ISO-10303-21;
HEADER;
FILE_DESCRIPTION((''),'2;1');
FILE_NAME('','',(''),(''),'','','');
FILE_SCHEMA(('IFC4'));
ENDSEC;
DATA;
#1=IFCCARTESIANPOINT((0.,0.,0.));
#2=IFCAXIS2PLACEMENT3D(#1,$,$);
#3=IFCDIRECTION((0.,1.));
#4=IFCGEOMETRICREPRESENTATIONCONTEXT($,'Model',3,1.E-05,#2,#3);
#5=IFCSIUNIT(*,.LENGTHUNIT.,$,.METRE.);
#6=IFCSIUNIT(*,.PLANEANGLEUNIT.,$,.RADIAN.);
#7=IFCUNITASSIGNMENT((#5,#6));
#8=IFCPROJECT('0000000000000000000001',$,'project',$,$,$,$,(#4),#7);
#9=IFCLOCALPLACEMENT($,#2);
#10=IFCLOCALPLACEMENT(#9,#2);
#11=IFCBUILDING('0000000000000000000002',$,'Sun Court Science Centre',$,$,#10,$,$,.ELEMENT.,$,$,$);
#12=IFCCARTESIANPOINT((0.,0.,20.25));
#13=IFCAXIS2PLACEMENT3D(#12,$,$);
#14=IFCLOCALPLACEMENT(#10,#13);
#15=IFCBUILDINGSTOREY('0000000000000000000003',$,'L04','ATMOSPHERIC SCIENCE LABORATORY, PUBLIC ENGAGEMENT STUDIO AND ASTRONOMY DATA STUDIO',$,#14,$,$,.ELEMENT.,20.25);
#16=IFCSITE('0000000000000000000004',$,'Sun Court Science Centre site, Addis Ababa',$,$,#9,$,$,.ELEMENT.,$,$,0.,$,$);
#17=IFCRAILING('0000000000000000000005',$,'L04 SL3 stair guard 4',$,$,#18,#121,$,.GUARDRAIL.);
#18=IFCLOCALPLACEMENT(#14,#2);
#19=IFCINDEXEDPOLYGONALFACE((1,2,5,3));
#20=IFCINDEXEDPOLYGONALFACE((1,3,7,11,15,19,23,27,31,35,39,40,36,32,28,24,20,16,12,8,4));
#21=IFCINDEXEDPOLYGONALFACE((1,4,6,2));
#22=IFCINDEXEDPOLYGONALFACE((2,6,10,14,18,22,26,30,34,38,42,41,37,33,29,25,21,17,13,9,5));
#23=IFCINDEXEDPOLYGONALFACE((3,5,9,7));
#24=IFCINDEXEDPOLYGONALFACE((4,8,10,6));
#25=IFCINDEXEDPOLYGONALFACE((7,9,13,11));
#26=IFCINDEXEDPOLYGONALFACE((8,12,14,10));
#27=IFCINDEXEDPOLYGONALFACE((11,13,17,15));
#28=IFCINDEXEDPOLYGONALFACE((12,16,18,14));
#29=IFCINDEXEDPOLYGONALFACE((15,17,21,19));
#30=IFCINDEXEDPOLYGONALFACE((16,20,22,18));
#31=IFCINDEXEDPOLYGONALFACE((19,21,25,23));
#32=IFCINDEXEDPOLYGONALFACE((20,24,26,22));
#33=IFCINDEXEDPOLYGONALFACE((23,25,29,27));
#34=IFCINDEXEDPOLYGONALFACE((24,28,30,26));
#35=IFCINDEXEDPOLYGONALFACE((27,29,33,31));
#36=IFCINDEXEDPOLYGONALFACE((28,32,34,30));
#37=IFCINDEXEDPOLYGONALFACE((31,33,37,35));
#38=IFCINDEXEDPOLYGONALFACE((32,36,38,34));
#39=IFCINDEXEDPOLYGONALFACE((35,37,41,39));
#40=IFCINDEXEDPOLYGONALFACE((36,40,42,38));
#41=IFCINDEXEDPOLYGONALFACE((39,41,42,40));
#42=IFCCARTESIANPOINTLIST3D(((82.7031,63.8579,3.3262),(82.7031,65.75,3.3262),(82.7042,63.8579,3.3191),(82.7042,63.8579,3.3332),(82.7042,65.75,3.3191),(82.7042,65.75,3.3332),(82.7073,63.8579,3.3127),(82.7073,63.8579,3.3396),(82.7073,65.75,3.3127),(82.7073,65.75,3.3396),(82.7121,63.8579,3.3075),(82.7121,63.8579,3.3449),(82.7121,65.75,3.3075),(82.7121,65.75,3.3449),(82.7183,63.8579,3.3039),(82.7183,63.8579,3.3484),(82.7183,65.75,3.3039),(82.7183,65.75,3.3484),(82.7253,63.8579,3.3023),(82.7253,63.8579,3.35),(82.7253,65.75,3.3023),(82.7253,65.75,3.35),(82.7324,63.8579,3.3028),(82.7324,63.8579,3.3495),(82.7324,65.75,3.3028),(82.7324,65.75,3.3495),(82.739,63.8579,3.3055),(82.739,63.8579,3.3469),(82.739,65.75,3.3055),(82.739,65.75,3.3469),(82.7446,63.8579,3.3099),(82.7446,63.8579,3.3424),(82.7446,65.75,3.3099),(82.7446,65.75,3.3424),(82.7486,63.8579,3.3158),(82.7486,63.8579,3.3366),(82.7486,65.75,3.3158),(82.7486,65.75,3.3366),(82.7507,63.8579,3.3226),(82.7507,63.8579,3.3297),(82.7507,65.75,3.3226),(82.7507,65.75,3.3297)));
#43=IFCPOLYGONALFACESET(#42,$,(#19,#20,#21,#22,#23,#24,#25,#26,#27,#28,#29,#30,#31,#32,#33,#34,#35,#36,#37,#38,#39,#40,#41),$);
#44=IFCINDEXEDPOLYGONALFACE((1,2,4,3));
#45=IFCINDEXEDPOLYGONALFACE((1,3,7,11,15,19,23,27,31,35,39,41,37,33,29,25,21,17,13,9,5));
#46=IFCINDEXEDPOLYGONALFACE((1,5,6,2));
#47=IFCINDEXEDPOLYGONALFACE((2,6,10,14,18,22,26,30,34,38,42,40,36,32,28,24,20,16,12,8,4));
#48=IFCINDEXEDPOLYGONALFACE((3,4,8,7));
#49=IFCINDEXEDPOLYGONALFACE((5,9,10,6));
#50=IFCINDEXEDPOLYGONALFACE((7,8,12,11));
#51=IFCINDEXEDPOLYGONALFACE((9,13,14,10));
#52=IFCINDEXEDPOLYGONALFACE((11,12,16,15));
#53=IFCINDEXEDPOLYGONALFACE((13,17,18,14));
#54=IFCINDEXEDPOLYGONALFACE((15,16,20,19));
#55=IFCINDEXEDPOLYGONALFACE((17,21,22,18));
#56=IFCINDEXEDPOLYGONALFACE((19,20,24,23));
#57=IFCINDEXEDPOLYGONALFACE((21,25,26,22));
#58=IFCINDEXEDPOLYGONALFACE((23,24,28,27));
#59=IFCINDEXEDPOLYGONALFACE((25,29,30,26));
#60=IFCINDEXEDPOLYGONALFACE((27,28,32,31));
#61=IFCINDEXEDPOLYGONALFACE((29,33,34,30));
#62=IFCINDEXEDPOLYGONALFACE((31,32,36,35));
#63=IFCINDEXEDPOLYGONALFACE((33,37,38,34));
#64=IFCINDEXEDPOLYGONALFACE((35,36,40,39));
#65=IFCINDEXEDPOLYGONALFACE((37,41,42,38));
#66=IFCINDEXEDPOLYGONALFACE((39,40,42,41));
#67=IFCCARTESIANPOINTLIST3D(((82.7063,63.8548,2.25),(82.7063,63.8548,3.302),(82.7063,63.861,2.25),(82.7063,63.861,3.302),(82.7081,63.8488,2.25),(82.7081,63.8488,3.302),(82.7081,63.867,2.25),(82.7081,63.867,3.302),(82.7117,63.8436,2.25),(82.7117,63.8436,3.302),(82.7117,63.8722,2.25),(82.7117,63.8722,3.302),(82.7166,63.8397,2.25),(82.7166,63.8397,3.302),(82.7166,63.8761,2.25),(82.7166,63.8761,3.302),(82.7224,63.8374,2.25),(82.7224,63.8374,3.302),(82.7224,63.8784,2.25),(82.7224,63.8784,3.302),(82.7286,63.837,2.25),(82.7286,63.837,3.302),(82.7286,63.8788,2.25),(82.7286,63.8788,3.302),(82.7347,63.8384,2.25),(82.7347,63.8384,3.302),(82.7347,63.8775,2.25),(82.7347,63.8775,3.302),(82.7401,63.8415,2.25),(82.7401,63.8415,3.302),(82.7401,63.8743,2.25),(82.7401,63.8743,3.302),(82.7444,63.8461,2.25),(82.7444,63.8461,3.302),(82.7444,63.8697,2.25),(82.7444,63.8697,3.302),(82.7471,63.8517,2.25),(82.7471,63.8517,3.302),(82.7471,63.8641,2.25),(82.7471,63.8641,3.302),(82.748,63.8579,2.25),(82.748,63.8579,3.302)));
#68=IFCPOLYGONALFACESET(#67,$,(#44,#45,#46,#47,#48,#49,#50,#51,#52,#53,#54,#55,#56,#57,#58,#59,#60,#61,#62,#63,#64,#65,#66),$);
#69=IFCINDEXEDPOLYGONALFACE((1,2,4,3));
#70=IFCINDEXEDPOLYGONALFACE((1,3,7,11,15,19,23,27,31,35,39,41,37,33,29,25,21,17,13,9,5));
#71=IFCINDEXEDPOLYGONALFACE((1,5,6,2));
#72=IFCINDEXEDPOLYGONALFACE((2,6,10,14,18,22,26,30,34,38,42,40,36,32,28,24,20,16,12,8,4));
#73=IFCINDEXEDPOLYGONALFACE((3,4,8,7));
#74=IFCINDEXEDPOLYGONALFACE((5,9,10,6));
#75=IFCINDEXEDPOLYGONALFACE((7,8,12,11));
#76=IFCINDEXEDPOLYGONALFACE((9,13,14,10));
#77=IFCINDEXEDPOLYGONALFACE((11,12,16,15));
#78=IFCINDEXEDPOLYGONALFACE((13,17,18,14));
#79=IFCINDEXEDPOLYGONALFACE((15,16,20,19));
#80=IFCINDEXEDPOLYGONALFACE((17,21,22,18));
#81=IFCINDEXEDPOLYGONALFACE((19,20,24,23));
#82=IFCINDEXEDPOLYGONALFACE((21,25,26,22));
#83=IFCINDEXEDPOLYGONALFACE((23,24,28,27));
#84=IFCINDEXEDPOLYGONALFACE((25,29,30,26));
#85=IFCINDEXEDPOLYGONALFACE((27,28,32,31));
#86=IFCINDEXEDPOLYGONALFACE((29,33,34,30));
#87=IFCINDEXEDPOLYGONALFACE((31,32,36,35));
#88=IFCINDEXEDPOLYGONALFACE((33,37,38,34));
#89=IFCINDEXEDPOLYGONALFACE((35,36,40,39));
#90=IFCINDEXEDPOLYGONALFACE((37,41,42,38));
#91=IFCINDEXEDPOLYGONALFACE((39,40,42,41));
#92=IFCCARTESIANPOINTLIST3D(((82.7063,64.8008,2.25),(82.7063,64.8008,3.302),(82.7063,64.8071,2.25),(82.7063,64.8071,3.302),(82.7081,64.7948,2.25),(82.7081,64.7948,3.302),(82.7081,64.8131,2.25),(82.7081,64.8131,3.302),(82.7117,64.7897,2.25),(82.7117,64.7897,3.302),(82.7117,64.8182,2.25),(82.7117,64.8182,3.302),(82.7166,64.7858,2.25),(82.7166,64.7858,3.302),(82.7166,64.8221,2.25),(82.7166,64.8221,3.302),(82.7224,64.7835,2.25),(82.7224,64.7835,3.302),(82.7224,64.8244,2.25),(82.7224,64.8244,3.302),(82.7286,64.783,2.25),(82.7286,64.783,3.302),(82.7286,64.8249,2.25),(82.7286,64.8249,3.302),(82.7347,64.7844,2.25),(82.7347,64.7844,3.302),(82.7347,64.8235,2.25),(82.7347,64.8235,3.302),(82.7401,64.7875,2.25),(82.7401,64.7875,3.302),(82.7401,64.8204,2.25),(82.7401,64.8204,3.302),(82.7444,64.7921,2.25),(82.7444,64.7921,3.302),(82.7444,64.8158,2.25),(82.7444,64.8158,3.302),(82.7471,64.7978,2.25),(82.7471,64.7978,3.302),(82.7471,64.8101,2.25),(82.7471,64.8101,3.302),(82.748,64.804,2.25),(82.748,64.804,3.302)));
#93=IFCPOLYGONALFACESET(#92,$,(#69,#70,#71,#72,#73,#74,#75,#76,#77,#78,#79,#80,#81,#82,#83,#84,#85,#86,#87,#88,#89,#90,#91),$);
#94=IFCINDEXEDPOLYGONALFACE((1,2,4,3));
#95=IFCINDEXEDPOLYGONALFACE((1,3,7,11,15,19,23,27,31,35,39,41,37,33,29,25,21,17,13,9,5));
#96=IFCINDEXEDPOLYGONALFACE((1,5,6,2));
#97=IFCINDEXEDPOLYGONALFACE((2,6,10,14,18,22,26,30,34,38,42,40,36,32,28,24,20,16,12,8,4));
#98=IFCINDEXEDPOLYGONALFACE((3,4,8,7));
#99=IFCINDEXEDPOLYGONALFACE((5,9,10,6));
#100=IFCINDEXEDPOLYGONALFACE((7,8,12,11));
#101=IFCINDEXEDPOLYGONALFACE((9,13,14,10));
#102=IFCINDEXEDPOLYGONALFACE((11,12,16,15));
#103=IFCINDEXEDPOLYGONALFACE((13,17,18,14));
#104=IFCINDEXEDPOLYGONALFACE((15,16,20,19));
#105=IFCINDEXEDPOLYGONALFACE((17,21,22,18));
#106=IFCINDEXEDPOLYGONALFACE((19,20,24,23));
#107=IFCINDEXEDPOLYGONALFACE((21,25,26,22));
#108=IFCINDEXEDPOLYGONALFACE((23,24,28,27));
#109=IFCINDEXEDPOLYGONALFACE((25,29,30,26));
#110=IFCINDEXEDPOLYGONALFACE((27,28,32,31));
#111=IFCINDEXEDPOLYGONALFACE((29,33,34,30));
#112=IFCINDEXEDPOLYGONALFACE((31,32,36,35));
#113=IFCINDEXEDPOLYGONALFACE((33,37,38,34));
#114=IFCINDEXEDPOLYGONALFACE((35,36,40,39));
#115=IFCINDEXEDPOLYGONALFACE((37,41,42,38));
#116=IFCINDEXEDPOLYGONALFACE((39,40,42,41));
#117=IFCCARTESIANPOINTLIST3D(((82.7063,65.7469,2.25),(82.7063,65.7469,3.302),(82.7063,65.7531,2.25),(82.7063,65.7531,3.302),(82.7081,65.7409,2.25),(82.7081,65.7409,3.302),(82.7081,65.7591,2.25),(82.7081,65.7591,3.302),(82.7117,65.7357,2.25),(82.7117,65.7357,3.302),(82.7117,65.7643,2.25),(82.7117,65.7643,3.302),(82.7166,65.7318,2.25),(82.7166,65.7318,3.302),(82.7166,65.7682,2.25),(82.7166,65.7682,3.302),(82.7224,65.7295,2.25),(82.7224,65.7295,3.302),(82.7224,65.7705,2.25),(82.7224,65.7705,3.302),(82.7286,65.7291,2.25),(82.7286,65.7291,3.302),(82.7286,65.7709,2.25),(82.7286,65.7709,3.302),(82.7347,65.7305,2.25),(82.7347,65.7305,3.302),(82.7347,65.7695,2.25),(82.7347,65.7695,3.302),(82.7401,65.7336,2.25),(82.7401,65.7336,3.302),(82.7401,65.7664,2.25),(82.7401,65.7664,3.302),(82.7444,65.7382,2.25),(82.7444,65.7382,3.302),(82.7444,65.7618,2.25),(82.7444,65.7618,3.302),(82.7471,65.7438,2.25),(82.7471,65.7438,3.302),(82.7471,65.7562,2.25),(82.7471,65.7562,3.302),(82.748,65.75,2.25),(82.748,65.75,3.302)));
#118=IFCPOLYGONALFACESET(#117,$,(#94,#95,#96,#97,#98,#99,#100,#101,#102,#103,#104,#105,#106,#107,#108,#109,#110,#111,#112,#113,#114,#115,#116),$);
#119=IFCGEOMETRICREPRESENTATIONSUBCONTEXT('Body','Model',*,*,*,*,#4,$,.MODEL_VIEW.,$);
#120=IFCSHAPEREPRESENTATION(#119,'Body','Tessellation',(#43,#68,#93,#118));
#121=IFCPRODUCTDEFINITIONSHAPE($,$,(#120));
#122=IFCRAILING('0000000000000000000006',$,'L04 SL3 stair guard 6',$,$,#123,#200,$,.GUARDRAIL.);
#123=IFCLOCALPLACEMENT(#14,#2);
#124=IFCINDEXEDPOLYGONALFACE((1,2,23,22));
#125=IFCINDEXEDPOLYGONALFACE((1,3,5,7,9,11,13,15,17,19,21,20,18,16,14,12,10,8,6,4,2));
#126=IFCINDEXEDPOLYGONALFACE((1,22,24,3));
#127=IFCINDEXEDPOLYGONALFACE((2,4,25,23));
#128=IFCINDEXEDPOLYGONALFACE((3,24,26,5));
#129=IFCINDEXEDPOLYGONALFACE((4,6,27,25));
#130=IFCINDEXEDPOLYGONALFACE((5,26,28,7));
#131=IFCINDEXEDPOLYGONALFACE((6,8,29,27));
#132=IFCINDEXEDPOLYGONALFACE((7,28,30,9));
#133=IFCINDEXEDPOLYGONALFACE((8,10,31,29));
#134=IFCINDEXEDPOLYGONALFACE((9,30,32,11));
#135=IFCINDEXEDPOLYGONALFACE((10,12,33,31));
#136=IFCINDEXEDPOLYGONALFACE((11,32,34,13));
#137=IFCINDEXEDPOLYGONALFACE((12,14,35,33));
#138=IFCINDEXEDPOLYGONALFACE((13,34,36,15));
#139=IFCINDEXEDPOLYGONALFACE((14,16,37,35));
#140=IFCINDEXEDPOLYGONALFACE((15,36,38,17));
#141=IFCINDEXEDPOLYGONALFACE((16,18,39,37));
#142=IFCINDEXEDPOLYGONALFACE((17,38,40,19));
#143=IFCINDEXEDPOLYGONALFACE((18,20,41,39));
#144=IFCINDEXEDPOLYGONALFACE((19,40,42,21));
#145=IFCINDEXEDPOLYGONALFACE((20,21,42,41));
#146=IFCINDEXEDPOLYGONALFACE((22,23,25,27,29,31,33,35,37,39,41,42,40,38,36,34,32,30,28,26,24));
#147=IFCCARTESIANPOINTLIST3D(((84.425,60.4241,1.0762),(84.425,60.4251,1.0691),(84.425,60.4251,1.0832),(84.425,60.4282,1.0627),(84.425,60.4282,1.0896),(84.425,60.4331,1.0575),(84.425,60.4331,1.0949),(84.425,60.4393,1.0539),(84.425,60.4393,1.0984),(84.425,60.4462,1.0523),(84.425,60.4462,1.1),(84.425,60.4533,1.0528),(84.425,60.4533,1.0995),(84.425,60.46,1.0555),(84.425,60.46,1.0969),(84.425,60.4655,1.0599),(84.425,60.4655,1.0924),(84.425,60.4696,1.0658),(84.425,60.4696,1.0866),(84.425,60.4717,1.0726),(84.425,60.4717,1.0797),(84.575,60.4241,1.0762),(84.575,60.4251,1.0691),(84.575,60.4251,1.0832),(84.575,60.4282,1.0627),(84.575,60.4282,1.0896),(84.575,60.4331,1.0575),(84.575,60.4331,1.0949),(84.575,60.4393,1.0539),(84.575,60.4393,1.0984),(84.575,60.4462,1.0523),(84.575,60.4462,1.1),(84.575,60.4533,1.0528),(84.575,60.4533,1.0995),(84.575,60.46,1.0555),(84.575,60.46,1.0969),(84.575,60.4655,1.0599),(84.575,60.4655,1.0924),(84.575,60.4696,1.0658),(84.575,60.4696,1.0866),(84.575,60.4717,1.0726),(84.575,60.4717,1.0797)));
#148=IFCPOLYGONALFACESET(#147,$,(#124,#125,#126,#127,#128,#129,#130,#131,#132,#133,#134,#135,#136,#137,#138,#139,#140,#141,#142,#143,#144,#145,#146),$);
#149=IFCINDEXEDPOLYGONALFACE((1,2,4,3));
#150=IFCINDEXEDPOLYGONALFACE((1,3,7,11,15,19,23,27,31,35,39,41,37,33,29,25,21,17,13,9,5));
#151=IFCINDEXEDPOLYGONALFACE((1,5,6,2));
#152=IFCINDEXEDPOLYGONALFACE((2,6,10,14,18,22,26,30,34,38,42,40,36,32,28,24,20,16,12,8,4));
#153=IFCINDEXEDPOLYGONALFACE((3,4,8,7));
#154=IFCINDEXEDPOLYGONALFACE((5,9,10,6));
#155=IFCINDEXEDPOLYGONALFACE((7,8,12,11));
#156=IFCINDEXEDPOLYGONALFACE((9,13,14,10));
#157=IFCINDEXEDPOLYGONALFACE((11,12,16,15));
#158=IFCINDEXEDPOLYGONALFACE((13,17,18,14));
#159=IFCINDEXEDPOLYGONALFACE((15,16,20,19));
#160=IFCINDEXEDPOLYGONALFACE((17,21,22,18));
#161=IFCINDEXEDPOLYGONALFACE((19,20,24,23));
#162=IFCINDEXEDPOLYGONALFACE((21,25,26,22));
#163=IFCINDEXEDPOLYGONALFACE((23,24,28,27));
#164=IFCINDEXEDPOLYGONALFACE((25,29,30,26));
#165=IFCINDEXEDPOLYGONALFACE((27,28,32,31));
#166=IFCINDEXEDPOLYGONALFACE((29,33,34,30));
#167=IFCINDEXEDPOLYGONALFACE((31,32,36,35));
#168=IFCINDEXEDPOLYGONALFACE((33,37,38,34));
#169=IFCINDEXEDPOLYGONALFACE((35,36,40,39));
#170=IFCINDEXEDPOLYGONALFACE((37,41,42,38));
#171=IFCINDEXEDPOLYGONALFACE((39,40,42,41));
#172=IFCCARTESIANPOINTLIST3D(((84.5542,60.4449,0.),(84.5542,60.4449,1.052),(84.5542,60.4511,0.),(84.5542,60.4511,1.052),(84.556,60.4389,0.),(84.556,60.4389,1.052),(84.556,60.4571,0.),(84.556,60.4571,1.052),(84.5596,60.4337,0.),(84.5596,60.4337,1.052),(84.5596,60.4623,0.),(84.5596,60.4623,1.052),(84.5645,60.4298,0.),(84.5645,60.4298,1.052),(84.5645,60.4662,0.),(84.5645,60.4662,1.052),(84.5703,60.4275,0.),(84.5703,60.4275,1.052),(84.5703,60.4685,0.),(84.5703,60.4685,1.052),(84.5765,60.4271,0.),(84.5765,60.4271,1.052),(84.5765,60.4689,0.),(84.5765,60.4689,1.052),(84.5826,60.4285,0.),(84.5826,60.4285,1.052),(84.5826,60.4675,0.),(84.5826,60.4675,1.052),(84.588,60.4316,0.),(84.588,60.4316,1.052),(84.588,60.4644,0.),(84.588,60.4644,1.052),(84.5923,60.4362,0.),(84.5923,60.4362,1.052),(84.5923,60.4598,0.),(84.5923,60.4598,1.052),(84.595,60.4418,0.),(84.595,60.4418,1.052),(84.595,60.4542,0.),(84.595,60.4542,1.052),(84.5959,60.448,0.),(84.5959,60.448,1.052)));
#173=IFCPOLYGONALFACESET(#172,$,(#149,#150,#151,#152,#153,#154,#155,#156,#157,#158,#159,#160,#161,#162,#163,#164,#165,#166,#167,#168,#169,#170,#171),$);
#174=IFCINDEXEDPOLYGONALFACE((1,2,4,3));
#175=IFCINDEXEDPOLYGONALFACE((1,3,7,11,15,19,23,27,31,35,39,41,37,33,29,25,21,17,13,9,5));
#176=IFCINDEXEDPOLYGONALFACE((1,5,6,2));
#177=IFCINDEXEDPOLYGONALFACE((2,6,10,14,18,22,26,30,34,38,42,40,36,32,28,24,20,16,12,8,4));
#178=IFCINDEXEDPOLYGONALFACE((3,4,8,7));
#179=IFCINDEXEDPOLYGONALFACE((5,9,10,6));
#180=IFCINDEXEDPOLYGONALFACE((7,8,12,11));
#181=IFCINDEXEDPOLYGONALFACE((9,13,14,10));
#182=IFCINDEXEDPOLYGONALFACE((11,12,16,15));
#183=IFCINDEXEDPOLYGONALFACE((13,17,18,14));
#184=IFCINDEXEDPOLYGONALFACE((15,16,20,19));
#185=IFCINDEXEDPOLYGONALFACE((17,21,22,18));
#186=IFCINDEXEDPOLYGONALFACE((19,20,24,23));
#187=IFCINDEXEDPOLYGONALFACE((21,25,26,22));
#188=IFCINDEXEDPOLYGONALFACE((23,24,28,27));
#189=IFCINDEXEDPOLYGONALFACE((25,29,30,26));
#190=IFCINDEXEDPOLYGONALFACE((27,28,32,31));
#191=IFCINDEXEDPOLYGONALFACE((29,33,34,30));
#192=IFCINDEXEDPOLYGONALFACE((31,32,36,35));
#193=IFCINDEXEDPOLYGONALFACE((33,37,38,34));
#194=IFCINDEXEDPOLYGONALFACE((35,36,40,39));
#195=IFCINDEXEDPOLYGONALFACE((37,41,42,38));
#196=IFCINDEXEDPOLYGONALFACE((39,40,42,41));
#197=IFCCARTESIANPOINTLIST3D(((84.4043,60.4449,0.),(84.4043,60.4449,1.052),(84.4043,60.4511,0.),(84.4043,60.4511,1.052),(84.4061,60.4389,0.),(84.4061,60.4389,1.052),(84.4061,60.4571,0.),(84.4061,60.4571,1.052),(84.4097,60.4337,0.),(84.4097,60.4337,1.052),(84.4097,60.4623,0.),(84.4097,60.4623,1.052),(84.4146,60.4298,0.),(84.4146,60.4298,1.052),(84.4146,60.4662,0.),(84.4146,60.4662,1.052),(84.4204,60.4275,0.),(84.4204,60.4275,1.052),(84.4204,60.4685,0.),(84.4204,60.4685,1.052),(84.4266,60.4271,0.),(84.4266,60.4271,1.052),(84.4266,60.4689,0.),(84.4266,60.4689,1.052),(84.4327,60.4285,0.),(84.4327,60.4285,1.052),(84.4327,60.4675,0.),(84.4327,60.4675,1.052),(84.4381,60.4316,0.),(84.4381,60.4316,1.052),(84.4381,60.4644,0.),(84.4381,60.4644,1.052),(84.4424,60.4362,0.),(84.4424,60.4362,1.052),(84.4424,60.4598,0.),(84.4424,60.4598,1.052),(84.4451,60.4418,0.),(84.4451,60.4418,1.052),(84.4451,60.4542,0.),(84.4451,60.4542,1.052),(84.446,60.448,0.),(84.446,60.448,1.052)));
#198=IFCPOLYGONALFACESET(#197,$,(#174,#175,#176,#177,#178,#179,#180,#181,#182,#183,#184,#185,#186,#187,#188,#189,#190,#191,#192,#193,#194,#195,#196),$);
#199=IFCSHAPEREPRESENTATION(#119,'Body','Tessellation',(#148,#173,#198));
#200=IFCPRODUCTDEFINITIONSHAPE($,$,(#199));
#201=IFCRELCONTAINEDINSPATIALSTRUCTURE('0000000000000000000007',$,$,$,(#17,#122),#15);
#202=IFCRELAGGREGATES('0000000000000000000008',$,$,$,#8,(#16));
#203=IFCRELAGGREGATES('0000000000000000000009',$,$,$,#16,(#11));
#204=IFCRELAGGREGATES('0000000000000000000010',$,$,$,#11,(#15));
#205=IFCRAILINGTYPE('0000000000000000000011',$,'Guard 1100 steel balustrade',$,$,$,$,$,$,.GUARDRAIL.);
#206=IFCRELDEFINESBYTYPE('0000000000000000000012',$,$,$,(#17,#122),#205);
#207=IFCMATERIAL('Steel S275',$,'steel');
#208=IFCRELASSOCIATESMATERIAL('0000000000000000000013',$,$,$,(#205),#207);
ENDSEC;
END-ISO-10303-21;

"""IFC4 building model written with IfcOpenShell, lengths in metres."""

from ifc_helpers import new_model, si_unit, direction, frame, origin, origin_2d, place, context, subcontext, project, spatial, circle, extrude, material, type_object, element, save


model = new_model("IFC4")

# Units and contexts
model_context = context("Model", 3, precision=1e-05, world=origin(), true_north=direction((0.0, 1.0)))
body_context = subcontext(model_context, "Body", "Model", "MODEL_VIEW")
ifc_project = project(units=[si_unit("LENGTHUNIT", "METRE"), si_unit("PLANEANGLEUNIT", "RADIAN")], contexts=[model_context])

# Site, building, storey
site_placement = place(None, origin())
site = spatial("IfcSite", under=ifc_project, at=site_placement, Name="Sun Court Science Centre site, Addis Ababa", CompositionType="ELEMENT", RefElevation=0.0)
building_placement = place(site_placement, origin())
building = spatial("IfcBuilding", under=site, at=building_placement, Name="Sun Court Science Centre", CompositionType="ELEMENT")
storey_placement = place(building_placement, frame((0.0, 0.0, 20.25)))
storey = spatial("IfcBuildingStorey", under=building, at=storey_placement, Name="L04", Description="ATMOSPHERIC SCIENCE LABORATORY, PUBLIC ENGAGEMENT STUDIO AND ASTRONOMY DATA STUDIO", CompositionType="ELEMENT", Elevation=20.25)

# Railings
ifc_material_1 = material(Name="Steel S275", Category="steel")
railing_type_1 = type_object("IfcRailingType", Name="Guard 1100 steel balustrade", PredefinedType="GUARDRAIL", material=ifc_material_1)
railing_1_placement = place(storey_placement, frame((82.7271, 63.8579, 2.25)))
element("IfcRailing", 1, at=railing_1_placement, inside=storey, type_object=railing_type_1, Name="L04 SL3 stair guard 4", PredefinedType="GUARDRAIL", context=body_context, shape_type="SweptSolid", body=[
    extrude(circle(Radius=0.0239, at=origin_2d()), frame((0.0, 0.0, 1.0762), z_axis=(0.0, 1.0, 0.0), x_axis=(-1.0, 0.0, 0.0)), (0.0, 0.0, 1.0), 1.8921),
    extrude(circle(Radius=0.021, at=origin_2d()), origin(), (0.0, 0.0, 1.0), 1.052),
    extrude(circle(Radius=0.021, at=origin_2d()), frame((0.0, 0.946, 0.0)), (0.0, 0.0, 1.0), 1.052),
    extrude(circle(Radius=0.021, at=origin_2d()), frame((0.0, 1.8921, 0.0)), (0.0, 0.0, 1.0), 1.052),
])
railing_2_placement = place(storey_placement, frame((84.575, 60.448, 0.0)))
element("IfcRailing", 2, at=railing_2_placement, inside=storey, type_object=railing_type_1, Name="L04 SL3 stair guard 6", PredefinedType="GUARDRAIL", context=body_context, shape_type="SweptSolid", body=[
    extrude(circle(Radius=0.0239, at=origin_2d()), frame((0.0, 0.0, 1.0762), z_axis=(-1.0, 0.0, 0.0), x_axis=(0.0, -1.0, 0.0)), (0.0, 0.0, 1.0), 0.1499),
    extrude(circle(Radius=0.021, at=origin_2d()), origin(), (0.0, 0.0, 1.0), 1.052),
    extrude(circle(Radius=0.021, at=origin_2d()), frame((-0.1499, 0.0, 0.0)), (0.0, 0.0, 1.0), 1.052),
])

save(model, "model.ifc")
